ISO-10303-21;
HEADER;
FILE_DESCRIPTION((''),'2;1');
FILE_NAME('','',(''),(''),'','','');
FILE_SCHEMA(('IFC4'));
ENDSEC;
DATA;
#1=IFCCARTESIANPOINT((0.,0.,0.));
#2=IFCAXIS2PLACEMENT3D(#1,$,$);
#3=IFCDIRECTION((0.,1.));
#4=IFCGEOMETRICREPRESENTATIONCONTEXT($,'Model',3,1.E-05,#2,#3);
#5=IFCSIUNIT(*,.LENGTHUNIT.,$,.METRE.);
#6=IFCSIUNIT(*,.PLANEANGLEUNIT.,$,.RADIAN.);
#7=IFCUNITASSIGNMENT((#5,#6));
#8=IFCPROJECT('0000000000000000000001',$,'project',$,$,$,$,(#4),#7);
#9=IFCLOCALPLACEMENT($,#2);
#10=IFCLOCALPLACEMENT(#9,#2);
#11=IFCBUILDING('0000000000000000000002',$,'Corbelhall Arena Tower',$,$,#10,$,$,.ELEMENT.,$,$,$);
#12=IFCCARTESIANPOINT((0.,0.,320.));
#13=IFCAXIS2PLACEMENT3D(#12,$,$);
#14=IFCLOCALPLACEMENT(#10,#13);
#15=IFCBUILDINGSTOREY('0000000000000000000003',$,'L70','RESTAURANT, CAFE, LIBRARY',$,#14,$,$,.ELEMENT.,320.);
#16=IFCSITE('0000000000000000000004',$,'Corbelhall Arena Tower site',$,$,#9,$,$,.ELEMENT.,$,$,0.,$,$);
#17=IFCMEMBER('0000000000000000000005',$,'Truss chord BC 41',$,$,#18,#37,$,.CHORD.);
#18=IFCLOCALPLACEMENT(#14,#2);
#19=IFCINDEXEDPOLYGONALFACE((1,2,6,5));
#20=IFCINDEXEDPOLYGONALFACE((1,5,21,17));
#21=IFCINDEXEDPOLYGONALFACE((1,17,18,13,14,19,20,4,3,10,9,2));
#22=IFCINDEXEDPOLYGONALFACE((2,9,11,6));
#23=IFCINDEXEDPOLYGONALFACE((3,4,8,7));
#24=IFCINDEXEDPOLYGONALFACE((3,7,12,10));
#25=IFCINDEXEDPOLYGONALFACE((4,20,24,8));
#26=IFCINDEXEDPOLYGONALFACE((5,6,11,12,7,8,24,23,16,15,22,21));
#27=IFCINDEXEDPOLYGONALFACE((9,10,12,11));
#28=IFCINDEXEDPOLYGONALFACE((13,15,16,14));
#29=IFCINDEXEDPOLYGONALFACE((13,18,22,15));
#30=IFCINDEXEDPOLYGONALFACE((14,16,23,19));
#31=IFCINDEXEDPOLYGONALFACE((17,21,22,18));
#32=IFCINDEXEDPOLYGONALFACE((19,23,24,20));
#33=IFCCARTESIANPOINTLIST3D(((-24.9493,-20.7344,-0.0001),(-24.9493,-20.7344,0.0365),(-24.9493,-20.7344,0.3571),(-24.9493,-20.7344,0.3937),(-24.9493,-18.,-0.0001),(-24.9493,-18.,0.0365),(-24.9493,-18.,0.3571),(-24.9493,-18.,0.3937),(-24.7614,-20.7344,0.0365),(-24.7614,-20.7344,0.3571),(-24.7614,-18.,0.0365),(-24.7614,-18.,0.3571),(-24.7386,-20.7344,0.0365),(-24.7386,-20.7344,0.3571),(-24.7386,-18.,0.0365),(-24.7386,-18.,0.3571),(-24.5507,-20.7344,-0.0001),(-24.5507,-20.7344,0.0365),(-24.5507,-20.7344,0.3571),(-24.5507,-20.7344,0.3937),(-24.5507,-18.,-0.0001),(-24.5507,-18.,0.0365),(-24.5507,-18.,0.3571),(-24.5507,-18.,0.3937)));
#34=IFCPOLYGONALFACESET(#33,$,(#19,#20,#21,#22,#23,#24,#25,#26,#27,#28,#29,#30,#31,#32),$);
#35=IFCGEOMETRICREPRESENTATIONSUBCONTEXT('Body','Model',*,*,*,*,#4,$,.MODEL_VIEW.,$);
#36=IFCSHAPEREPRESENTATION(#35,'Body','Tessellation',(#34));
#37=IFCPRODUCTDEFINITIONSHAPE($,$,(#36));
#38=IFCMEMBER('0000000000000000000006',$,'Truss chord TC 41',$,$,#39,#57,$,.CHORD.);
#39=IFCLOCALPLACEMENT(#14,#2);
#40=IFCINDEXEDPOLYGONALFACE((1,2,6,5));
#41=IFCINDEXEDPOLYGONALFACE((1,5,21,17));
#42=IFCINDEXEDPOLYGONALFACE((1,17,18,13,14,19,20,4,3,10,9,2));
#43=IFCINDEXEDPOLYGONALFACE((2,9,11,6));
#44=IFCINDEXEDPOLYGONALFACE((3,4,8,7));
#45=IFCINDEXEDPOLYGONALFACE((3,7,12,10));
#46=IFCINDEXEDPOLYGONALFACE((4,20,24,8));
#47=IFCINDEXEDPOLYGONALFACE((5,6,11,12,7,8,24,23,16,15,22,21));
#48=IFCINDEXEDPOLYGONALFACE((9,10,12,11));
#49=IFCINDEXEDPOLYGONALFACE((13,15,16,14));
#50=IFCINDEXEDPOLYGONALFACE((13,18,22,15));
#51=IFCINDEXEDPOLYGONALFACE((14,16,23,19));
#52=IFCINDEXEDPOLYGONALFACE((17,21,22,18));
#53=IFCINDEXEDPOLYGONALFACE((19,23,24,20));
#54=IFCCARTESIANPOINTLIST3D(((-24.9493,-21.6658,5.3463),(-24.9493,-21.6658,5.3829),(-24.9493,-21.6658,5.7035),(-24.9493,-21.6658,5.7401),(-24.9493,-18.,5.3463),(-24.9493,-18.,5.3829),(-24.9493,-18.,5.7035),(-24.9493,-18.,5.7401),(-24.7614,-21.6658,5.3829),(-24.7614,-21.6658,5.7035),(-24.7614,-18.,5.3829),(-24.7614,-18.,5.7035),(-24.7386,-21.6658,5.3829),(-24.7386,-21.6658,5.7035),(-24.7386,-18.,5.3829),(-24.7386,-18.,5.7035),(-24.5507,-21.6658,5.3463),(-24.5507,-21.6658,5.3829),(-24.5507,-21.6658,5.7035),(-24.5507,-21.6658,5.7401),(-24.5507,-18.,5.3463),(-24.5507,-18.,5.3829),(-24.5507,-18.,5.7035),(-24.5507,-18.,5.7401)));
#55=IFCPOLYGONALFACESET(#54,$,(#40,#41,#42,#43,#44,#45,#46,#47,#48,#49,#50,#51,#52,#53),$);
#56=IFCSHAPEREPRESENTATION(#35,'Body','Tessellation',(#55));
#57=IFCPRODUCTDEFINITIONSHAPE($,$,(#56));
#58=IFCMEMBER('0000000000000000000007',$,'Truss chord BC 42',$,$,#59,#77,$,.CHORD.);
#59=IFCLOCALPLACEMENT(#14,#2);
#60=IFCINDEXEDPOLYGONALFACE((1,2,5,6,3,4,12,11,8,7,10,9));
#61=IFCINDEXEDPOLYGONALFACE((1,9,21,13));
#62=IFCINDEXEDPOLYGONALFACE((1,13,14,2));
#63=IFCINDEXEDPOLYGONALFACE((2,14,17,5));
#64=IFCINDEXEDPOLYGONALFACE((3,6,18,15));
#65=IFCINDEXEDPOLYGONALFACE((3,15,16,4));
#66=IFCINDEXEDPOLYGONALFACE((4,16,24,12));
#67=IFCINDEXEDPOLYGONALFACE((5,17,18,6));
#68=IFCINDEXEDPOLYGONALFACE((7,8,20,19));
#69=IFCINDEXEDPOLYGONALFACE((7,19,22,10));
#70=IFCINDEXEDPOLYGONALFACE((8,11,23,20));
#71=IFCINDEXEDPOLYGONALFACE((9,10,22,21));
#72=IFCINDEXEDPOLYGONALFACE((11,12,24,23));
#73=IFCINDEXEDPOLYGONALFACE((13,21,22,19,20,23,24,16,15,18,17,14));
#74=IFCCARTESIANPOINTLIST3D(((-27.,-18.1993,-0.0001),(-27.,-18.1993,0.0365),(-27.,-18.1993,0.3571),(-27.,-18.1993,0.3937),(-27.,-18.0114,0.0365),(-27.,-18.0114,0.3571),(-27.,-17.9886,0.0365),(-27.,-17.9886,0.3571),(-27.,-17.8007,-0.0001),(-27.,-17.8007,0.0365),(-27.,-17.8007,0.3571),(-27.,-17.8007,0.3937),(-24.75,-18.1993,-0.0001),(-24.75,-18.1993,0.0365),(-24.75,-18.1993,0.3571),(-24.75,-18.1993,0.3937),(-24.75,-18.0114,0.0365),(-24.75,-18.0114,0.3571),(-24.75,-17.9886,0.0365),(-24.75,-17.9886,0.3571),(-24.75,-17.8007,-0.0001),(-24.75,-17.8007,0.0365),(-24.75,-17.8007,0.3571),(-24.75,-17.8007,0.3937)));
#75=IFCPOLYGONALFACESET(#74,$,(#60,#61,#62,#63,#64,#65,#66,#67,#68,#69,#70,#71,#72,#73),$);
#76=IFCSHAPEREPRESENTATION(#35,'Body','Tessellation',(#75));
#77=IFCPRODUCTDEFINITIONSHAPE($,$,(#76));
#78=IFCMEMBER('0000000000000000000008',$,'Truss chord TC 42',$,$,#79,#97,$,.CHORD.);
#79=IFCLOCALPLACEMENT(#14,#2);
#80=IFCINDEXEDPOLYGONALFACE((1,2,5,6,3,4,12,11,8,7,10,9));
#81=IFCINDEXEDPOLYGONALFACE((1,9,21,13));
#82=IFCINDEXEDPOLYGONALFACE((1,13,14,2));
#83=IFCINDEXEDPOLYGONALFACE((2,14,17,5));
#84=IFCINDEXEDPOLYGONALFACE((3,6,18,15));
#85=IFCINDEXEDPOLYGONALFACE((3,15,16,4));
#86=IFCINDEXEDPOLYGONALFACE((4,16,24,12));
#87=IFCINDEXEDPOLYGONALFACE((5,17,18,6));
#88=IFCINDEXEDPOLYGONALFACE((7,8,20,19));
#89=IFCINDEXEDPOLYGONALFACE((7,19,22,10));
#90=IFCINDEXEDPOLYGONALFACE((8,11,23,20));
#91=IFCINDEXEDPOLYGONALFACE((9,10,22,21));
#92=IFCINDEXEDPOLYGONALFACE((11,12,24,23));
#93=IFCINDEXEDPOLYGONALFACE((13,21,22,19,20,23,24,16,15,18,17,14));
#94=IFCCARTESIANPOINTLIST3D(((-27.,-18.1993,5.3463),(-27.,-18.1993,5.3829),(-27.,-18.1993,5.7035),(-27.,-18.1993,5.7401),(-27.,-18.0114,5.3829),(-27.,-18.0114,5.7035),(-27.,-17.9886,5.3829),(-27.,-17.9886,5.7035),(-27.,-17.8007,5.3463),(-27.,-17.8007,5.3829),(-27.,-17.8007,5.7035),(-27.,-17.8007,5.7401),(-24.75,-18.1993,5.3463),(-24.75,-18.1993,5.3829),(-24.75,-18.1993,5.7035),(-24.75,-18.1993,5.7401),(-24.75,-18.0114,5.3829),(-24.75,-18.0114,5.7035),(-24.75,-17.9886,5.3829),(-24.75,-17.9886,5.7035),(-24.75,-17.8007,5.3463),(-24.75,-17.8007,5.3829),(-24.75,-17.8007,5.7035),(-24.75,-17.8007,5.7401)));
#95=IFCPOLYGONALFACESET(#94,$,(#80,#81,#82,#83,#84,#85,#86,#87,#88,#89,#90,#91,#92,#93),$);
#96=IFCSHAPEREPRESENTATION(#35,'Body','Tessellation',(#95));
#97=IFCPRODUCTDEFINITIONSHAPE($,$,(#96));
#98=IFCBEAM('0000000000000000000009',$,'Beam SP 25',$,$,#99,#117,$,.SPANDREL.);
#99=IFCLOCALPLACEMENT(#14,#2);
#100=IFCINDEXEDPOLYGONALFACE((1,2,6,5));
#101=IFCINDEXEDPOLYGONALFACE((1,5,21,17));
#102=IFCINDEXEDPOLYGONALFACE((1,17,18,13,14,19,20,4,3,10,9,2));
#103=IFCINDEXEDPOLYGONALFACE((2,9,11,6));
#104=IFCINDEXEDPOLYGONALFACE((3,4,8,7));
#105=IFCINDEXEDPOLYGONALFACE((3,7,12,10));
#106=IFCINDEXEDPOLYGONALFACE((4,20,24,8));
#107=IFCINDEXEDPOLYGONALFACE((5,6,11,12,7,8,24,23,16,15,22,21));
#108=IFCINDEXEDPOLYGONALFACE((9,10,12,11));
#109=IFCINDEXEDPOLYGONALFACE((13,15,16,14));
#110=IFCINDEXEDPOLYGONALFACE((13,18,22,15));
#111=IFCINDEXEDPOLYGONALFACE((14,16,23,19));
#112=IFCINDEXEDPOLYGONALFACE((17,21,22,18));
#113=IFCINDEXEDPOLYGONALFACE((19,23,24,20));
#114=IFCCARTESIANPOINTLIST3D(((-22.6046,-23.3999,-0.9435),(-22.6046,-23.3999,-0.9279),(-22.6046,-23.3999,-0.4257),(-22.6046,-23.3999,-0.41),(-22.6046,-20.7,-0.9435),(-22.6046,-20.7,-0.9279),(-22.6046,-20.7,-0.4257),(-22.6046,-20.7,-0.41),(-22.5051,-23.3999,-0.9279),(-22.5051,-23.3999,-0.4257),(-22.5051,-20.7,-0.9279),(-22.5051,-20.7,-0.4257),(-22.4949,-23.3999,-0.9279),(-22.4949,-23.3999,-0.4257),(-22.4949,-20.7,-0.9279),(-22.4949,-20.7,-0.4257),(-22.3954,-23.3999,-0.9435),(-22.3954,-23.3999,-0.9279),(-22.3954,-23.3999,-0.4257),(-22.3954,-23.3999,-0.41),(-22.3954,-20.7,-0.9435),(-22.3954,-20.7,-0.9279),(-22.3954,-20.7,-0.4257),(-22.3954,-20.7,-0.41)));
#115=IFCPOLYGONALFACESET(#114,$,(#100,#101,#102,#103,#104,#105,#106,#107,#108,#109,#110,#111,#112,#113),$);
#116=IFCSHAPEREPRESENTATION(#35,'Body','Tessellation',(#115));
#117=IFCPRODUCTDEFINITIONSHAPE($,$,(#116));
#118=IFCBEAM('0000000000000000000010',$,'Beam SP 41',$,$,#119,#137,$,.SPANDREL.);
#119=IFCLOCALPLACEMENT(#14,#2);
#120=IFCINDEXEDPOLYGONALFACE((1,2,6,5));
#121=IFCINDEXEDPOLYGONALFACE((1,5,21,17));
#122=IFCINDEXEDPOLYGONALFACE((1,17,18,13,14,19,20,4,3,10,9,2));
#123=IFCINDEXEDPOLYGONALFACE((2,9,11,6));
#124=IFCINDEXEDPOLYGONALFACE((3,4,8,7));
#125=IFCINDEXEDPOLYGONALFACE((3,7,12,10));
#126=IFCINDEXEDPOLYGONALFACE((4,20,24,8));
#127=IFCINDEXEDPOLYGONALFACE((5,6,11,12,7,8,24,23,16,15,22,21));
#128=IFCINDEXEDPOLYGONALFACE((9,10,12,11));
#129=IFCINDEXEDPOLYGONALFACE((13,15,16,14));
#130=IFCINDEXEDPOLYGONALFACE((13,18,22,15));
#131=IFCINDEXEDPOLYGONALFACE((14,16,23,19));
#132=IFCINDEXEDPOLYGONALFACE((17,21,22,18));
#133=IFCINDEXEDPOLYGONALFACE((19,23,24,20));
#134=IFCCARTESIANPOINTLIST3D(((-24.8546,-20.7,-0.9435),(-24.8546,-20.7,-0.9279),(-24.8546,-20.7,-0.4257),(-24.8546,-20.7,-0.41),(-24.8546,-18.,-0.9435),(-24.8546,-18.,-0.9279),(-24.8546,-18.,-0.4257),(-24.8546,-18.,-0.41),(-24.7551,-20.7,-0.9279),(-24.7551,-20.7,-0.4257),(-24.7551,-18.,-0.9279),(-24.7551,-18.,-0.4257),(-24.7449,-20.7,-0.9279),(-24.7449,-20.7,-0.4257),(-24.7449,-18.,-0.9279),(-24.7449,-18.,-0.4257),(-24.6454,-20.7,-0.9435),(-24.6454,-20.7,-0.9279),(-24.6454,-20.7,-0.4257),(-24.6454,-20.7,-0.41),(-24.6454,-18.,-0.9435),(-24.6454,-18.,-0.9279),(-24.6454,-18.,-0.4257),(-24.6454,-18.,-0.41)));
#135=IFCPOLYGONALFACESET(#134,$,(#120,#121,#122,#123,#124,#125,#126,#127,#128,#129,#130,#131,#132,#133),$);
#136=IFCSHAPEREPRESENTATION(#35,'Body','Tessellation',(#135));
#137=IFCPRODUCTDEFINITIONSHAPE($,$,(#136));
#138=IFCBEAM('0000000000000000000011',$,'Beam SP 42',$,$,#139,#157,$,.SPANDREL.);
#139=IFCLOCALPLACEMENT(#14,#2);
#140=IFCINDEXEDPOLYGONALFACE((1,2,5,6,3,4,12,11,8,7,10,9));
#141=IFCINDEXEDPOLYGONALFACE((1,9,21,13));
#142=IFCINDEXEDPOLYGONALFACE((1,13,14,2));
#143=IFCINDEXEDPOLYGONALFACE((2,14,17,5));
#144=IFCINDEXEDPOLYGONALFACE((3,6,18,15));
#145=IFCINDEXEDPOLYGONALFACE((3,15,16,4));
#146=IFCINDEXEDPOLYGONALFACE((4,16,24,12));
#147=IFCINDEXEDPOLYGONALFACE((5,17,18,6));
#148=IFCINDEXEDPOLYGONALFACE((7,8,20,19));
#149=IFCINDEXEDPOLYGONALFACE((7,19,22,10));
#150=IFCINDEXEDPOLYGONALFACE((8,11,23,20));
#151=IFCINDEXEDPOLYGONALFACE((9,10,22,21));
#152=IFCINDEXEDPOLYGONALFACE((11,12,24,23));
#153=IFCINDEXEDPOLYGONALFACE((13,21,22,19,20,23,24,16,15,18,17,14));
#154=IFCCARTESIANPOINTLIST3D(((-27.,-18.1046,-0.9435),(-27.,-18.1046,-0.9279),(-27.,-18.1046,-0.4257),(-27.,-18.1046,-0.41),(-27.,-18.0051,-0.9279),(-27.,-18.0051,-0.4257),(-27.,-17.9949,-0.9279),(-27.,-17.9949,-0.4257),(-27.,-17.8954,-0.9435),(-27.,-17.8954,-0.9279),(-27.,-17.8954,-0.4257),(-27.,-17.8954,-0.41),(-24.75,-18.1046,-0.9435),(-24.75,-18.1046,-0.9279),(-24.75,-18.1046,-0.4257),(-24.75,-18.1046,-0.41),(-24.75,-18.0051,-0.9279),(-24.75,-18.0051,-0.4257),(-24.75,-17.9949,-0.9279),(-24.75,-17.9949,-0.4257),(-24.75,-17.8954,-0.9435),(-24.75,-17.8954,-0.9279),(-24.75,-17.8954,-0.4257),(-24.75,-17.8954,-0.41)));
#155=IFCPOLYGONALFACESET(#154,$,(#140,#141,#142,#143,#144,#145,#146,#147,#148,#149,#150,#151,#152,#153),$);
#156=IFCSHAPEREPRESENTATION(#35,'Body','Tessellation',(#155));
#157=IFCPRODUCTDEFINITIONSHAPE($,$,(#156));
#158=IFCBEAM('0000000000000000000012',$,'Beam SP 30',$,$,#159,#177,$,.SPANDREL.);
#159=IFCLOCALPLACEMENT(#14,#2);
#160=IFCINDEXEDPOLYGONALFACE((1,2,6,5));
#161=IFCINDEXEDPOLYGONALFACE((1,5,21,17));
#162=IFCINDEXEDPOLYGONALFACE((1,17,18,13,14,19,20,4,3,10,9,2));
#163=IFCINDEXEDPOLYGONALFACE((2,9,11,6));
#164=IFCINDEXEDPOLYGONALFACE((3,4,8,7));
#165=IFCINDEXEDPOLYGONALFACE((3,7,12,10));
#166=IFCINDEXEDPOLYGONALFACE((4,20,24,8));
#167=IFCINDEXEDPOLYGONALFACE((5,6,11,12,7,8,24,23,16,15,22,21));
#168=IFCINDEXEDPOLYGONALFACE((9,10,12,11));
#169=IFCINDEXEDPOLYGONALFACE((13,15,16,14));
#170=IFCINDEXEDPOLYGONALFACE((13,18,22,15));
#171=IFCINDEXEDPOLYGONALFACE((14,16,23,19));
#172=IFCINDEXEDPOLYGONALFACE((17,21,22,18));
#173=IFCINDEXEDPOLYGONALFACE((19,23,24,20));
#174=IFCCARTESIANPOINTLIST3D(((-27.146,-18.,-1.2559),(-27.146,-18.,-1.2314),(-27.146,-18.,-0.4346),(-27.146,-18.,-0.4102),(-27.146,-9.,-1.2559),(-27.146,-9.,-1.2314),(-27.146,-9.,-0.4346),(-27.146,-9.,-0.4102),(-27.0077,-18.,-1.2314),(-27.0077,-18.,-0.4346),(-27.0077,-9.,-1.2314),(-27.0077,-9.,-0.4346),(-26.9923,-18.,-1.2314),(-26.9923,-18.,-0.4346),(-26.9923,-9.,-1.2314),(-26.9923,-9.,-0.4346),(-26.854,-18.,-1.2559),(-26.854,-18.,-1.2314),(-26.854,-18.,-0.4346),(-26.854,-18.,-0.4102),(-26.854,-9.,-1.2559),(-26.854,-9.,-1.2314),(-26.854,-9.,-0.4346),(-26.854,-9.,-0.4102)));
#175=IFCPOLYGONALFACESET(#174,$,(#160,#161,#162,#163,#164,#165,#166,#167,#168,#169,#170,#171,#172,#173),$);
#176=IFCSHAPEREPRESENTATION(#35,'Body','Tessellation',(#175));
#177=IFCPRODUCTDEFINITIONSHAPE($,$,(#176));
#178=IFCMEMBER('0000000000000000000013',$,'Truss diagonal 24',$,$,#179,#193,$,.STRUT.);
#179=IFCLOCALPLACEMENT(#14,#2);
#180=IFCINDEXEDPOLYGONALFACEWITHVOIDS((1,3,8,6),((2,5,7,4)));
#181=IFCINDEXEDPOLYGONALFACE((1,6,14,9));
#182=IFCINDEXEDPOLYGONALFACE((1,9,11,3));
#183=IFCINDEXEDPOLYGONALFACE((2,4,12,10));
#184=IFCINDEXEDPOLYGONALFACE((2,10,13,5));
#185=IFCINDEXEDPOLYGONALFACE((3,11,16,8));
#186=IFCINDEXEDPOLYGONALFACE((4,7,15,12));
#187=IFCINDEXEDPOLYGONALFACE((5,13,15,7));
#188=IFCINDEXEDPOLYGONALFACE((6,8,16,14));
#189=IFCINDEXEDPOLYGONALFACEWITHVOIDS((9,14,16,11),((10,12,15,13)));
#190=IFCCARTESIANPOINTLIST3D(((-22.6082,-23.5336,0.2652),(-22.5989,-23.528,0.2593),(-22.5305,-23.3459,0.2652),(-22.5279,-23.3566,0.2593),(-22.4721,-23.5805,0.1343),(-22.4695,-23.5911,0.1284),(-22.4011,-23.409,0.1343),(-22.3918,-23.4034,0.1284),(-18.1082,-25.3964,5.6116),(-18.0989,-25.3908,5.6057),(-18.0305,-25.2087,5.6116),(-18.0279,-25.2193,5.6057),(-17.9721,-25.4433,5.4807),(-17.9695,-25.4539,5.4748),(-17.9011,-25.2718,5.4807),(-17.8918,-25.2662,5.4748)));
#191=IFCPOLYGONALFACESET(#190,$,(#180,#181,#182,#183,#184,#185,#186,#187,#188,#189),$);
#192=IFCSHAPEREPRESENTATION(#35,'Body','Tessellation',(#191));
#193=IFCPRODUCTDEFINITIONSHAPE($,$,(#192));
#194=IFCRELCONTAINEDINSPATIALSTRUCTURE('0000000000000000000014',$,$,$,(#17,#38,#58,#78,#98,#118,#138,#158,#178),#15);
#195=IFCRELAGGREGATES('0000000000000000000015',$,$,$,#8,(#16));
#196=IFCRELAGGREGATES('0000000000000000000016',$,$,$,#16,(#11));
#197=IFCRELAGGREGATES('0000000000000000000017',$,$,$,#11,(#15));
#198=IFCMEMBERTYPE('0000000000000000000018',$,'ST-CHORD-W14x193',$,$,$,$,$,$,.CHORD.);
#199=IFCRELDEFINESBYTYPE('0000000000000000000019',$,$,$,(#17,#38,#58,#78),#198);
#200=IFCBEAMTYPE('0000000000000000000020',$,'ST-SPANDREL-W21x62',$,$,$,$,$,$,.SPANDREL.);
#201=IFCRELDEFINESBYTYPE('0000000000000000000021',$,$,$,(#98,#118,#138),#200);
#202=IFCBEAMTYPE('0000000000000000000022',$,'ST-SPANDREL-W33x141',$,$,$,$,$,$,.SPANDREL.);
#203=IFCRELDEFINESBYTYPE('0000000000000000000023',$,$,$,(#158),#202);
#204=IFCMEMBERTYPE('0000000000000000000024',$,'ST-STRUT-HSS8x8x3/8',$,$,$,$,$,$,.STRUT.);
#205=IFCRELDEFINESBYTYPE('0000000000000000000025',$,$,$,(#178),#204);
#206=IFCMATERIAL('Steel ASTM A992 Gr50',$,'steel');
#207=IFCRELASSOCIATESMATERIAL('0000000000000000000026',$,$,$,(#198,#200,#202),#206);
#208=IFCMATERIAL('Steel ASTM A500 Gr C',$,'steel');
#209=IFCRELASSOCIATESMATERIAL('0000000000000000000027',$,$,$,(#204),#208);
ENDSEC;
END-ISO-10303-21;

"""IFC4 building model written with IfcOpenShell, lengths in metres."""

from ifc_helpers import new_model, si_unit, direction, frame, origin, origin_2d, place, context, subcontext, project, spatial, hollow_rectangle, i_section, extrude, material, material_profile, profile_set, type_object, element, save


model = new_model("IFC4")

# Units and contexts
model_context = context("Model", 3, precision=1e-05, world=origin(), true_north=direction((0.0, 1.0)))
body_context = subcontext(model_context, "Body", "Model", "MODEL_VIEW")
ifc_project = project(units=[si_unit("LENGTHUNIT", "METRE"), si_unit("PLANEANGLEUNIT", "RADIAN")], contexts=[model_context])

# Site, building, storey
site_placement = place(None, origin())
site = spatial("IfcSite", under=ifc_project, at=site_placement, Name="Corbelhall Arena Tower site", CompositionType="ELEMENT", RefElevation=0.0)
building_placement = place(site_placement, origin())
building = spatial("IfcBuilding", under=site, at=building_placement, Name="Corbelhall Arena Tower", CompositionType="ELEMENT")
storey_placement = place(building_placement, frame((0.0, 0.0, 320.0)))
storey = spatial("IfcBuildingStorey", under=building, at=storey_placement, Name="L70", Description="RESTAURANT, CAFE, LIBRARY", CompositionType="ELEMENT", Elevation=320.0)

# Members
ifc_material_1 = material(Name="Steel ASTM A992 Gr50", Category="steel")
ifc_material_profile_1 = material_profile(ifc_material_1, i_section(OverallWidth=0.3987, OverallDepth=0.3938, WebThickness=0.0227, FlangeThickness=0.0366, at=origin_2d()))
ifc_profile_set_1 = profile_set([ifc_material_profile_1], Name="Steel ASTM A992 Gr50")
member_type_1 = type_object("IfcMemberType", Name="ST-CHORD-W14x193", PredefinedType="CHORD", material=ifc_profile_set_1)
member_1_placement = place(storey_placement, frame((-24.75, -20.7344, 0.1968), z_axis=(0.0, 1.0, 0.0), x_axis=(-1.0, 0.0, 0.0)))
element("IfcMember", 1, at=member_1_placement, inside=storey, type_object=member_type_1, Name="Truss chord BC 41", PredefinedType="CHORD", context=body_context, shape_type="SweptSolid", body=[
    extrude(i_section(OverallWidth=0.3987, OverallDepth=0.3938, WebThickness=0.0227, FlangeThickness=0.0366, at=origin_2d()), origin(), (0.0, 0.0, 1.0), 2.7344),
])
member_2_placement = place(storey_placement, frame((-24.75, -21.6658, 5.5432), z_axis=(0.0, 1.0, 0.0), x_axis=(-1.0, 0.0, 0.0)))
element("IfcMember", 2, at=member_2_placement, inside=storey, type_object=member_type_1, Name="Truss chord TC 41", PredefinedType="CHORD", context=body_context, shape_type="SweptSolid", body=[
    extrude(i_section(OverallWidth=0.3987, OverallDepth=0.3938, WebThickness=0.0227, FlangeThickness=0.0366, at=origin_2d()), origin(), (0.0, 0.0, 1.0), 3.6658),
])
for number, where, z_axis, x_axis, name in (
    (3, (-24.75, -18.0, 0.1968), (-1.0, 0.0, 0.0), (0.0, -1.0, 0.0), "Truss chord BC 42"),
    (4, (-24.75, -18.0, 5.5432), (-1.0, 0.0, 0.0), (0.0, -1.0, 0.0), "Truss chord TC 42"),
):
    element("IfcMember", number, at=place(storey_placement, frame(where, z_axis=z_axis, x_axis=x_axis)), inside=storey, type_object=member_type_1, Name=name, PredefinedType="CHORD", context=body_context, shape_type="SweptSolid", body=[
        extrude(i_section(OverallWidth=0.3987, OverallDepth=0.3938, WebThickness=0.0227, FlangeThickness=0.0366, at=origin_2d()), origin(), (0.0, 0.0, 1.0), 2.25),
    ])

# Beams
ifc_material_profile_2 = material_profile(ifc_material_1, i_section(OverallWidth=0.2092, OverallDepth=0.5334, WebThickness=0.0103, FlangeThickness=0.0156, at=origin_2d()))
ifc_profile_set_2 = profile_set([ifc_material_profile_2], Name="Steel ASTM A992 Gr50")
beam_type_1 = type_object("IfcBeamType", Name="ST-SPANDREL-W21x62", PredefinedType="SPANDREL", material=ifc_profile_set_2)
for number, where, z_axis, x_axis, name in (
    (5, (-22.5, -23.3999, -0.6768), (0.0, 1.0, 0.0), (-1.0, 0.0, 0.0), "Beam SP 25"),
    (6, (-24.75, -20.7, -0.6768), (0.0, 1.0, 0.0), (-1.0, 0.0, 0.0), "Beam SP 41"),
):
    element("IfcBeam", number, at=place(storey_placement, frame(where, z_axis=z_axis, x_axis=x_axis)), inside=storey, type_object=beam_type_1, Name=name, PredefinedType="SPANDREL", context=body_context, shape_type="SweptSolid", body=[
        extrude(i_section(OverallWidth=0.2092, OverallDepth=0.5334, WebThickness=0.0103, FlangeThickness=0.0156, at=origin_2d()), origin(), (0.0, 0.0, 1.0), 2.7),
    ])
beam_1_placement = place(storey_placement, frame((-24.75, -18.0, -0.6768), z_axis=(-1.0, 0.0, 0.0), x_axis=(0.0, -1.0, 0.0)))
element("IfcBeam", 7, at=beam_1_placement, inside=storey, type_object=beam_type_1, Name="Beam SP 42", PredefinedType="SPANDREL", context=body_context, shape_type="SweptSolid", body=[
    extrude(i_section(OverallWidth=0.2092, OverallDepth=0.5334, WebThickness=0.0103, FlangeThickness=0.0156, at=origin_2d()), origin(), (0.0, 0.0, 1.0), 2.25),
])
ifc_material_profile_3 = material_profile(ifc_material_1, i_section(OverallWidth=0.292, OverallDepth=0.8457, WebThickness=0.0154, FlangeThickness=0.0244, at=origin_2d()))
ifc_profile_set_3 = profile_set([ifc_material_profile_3], Name="Steel ASTM A992 Gr50")
beam_type_2 = type_object("IfcBeamType", Name="ST-SPANDREL-W33x141", PredefinedType="SPANDREL", material=ifc_profile_set_3)
beam_2_placement = place(storey_placement, frame((-27.0, -18.0, -0.833), z_axis=(0.0, 1.0, 0.0), x_axis=(-1.0, 0.0, 0.0)))
element("IfcBeam", 8, at=beam_2_placement, inside=storey, type_object=beam_type_2, Name="Beam SP 30", PredefinedType="SPANDREL", context=body_context, shape_type="SweptSolid", body=[
    extrude(i_section(OverallWidth=0.292, OverallDepth=0.8457, WebThickness=0.0154, FlangeThickness=0.0244, at=origin_2d()), origin(), (0.0, 0.0, 1.0), 9.0),
])

# Member
ifc_material_2 = material(Name="Steel ASTM A500 Gr C", Category="steel")
ifc_material_profile_4 = material_profile(ifc_material_2, hollow_rectangle(XDim=0.2031, YDim=0.2031, WallThickness=0.0088, at=origin_2d()))
ifc_profile_set_4 = profile_set([ifc_material_profile_4], Name="Steel ASTM A500 Gr C")
member_type_2 = type_object("IfcMemberType", Name="ST-STRUT-HSS8x8x3/8", PredefinedType="STRUT", material=ifc_profile_set_4)
member_3_placement = place(storey_placement, frame((-22.5, -23.4685, 0.1968), z_axis=(0.622219, -0.25757, 0.739257), x_axis=(0.382479, 0.923964, 0.0)))
element("IfcMember", 9, at=member_3_placement, inside=storey, type_object=member_type_2, Name="Truss diagonal 24", PredefinedType="STRUT", context=body_context, shape_type="SweptSolid", body=[
    extrude(hollow_rectangle(XDim=0.2031, YDim=0.2031, WallThickness=0.0088, at=origin_2d()), origin(), (0.0, 0.0, 1.0), 7.2322),
])

save(model, "model.ifc")
